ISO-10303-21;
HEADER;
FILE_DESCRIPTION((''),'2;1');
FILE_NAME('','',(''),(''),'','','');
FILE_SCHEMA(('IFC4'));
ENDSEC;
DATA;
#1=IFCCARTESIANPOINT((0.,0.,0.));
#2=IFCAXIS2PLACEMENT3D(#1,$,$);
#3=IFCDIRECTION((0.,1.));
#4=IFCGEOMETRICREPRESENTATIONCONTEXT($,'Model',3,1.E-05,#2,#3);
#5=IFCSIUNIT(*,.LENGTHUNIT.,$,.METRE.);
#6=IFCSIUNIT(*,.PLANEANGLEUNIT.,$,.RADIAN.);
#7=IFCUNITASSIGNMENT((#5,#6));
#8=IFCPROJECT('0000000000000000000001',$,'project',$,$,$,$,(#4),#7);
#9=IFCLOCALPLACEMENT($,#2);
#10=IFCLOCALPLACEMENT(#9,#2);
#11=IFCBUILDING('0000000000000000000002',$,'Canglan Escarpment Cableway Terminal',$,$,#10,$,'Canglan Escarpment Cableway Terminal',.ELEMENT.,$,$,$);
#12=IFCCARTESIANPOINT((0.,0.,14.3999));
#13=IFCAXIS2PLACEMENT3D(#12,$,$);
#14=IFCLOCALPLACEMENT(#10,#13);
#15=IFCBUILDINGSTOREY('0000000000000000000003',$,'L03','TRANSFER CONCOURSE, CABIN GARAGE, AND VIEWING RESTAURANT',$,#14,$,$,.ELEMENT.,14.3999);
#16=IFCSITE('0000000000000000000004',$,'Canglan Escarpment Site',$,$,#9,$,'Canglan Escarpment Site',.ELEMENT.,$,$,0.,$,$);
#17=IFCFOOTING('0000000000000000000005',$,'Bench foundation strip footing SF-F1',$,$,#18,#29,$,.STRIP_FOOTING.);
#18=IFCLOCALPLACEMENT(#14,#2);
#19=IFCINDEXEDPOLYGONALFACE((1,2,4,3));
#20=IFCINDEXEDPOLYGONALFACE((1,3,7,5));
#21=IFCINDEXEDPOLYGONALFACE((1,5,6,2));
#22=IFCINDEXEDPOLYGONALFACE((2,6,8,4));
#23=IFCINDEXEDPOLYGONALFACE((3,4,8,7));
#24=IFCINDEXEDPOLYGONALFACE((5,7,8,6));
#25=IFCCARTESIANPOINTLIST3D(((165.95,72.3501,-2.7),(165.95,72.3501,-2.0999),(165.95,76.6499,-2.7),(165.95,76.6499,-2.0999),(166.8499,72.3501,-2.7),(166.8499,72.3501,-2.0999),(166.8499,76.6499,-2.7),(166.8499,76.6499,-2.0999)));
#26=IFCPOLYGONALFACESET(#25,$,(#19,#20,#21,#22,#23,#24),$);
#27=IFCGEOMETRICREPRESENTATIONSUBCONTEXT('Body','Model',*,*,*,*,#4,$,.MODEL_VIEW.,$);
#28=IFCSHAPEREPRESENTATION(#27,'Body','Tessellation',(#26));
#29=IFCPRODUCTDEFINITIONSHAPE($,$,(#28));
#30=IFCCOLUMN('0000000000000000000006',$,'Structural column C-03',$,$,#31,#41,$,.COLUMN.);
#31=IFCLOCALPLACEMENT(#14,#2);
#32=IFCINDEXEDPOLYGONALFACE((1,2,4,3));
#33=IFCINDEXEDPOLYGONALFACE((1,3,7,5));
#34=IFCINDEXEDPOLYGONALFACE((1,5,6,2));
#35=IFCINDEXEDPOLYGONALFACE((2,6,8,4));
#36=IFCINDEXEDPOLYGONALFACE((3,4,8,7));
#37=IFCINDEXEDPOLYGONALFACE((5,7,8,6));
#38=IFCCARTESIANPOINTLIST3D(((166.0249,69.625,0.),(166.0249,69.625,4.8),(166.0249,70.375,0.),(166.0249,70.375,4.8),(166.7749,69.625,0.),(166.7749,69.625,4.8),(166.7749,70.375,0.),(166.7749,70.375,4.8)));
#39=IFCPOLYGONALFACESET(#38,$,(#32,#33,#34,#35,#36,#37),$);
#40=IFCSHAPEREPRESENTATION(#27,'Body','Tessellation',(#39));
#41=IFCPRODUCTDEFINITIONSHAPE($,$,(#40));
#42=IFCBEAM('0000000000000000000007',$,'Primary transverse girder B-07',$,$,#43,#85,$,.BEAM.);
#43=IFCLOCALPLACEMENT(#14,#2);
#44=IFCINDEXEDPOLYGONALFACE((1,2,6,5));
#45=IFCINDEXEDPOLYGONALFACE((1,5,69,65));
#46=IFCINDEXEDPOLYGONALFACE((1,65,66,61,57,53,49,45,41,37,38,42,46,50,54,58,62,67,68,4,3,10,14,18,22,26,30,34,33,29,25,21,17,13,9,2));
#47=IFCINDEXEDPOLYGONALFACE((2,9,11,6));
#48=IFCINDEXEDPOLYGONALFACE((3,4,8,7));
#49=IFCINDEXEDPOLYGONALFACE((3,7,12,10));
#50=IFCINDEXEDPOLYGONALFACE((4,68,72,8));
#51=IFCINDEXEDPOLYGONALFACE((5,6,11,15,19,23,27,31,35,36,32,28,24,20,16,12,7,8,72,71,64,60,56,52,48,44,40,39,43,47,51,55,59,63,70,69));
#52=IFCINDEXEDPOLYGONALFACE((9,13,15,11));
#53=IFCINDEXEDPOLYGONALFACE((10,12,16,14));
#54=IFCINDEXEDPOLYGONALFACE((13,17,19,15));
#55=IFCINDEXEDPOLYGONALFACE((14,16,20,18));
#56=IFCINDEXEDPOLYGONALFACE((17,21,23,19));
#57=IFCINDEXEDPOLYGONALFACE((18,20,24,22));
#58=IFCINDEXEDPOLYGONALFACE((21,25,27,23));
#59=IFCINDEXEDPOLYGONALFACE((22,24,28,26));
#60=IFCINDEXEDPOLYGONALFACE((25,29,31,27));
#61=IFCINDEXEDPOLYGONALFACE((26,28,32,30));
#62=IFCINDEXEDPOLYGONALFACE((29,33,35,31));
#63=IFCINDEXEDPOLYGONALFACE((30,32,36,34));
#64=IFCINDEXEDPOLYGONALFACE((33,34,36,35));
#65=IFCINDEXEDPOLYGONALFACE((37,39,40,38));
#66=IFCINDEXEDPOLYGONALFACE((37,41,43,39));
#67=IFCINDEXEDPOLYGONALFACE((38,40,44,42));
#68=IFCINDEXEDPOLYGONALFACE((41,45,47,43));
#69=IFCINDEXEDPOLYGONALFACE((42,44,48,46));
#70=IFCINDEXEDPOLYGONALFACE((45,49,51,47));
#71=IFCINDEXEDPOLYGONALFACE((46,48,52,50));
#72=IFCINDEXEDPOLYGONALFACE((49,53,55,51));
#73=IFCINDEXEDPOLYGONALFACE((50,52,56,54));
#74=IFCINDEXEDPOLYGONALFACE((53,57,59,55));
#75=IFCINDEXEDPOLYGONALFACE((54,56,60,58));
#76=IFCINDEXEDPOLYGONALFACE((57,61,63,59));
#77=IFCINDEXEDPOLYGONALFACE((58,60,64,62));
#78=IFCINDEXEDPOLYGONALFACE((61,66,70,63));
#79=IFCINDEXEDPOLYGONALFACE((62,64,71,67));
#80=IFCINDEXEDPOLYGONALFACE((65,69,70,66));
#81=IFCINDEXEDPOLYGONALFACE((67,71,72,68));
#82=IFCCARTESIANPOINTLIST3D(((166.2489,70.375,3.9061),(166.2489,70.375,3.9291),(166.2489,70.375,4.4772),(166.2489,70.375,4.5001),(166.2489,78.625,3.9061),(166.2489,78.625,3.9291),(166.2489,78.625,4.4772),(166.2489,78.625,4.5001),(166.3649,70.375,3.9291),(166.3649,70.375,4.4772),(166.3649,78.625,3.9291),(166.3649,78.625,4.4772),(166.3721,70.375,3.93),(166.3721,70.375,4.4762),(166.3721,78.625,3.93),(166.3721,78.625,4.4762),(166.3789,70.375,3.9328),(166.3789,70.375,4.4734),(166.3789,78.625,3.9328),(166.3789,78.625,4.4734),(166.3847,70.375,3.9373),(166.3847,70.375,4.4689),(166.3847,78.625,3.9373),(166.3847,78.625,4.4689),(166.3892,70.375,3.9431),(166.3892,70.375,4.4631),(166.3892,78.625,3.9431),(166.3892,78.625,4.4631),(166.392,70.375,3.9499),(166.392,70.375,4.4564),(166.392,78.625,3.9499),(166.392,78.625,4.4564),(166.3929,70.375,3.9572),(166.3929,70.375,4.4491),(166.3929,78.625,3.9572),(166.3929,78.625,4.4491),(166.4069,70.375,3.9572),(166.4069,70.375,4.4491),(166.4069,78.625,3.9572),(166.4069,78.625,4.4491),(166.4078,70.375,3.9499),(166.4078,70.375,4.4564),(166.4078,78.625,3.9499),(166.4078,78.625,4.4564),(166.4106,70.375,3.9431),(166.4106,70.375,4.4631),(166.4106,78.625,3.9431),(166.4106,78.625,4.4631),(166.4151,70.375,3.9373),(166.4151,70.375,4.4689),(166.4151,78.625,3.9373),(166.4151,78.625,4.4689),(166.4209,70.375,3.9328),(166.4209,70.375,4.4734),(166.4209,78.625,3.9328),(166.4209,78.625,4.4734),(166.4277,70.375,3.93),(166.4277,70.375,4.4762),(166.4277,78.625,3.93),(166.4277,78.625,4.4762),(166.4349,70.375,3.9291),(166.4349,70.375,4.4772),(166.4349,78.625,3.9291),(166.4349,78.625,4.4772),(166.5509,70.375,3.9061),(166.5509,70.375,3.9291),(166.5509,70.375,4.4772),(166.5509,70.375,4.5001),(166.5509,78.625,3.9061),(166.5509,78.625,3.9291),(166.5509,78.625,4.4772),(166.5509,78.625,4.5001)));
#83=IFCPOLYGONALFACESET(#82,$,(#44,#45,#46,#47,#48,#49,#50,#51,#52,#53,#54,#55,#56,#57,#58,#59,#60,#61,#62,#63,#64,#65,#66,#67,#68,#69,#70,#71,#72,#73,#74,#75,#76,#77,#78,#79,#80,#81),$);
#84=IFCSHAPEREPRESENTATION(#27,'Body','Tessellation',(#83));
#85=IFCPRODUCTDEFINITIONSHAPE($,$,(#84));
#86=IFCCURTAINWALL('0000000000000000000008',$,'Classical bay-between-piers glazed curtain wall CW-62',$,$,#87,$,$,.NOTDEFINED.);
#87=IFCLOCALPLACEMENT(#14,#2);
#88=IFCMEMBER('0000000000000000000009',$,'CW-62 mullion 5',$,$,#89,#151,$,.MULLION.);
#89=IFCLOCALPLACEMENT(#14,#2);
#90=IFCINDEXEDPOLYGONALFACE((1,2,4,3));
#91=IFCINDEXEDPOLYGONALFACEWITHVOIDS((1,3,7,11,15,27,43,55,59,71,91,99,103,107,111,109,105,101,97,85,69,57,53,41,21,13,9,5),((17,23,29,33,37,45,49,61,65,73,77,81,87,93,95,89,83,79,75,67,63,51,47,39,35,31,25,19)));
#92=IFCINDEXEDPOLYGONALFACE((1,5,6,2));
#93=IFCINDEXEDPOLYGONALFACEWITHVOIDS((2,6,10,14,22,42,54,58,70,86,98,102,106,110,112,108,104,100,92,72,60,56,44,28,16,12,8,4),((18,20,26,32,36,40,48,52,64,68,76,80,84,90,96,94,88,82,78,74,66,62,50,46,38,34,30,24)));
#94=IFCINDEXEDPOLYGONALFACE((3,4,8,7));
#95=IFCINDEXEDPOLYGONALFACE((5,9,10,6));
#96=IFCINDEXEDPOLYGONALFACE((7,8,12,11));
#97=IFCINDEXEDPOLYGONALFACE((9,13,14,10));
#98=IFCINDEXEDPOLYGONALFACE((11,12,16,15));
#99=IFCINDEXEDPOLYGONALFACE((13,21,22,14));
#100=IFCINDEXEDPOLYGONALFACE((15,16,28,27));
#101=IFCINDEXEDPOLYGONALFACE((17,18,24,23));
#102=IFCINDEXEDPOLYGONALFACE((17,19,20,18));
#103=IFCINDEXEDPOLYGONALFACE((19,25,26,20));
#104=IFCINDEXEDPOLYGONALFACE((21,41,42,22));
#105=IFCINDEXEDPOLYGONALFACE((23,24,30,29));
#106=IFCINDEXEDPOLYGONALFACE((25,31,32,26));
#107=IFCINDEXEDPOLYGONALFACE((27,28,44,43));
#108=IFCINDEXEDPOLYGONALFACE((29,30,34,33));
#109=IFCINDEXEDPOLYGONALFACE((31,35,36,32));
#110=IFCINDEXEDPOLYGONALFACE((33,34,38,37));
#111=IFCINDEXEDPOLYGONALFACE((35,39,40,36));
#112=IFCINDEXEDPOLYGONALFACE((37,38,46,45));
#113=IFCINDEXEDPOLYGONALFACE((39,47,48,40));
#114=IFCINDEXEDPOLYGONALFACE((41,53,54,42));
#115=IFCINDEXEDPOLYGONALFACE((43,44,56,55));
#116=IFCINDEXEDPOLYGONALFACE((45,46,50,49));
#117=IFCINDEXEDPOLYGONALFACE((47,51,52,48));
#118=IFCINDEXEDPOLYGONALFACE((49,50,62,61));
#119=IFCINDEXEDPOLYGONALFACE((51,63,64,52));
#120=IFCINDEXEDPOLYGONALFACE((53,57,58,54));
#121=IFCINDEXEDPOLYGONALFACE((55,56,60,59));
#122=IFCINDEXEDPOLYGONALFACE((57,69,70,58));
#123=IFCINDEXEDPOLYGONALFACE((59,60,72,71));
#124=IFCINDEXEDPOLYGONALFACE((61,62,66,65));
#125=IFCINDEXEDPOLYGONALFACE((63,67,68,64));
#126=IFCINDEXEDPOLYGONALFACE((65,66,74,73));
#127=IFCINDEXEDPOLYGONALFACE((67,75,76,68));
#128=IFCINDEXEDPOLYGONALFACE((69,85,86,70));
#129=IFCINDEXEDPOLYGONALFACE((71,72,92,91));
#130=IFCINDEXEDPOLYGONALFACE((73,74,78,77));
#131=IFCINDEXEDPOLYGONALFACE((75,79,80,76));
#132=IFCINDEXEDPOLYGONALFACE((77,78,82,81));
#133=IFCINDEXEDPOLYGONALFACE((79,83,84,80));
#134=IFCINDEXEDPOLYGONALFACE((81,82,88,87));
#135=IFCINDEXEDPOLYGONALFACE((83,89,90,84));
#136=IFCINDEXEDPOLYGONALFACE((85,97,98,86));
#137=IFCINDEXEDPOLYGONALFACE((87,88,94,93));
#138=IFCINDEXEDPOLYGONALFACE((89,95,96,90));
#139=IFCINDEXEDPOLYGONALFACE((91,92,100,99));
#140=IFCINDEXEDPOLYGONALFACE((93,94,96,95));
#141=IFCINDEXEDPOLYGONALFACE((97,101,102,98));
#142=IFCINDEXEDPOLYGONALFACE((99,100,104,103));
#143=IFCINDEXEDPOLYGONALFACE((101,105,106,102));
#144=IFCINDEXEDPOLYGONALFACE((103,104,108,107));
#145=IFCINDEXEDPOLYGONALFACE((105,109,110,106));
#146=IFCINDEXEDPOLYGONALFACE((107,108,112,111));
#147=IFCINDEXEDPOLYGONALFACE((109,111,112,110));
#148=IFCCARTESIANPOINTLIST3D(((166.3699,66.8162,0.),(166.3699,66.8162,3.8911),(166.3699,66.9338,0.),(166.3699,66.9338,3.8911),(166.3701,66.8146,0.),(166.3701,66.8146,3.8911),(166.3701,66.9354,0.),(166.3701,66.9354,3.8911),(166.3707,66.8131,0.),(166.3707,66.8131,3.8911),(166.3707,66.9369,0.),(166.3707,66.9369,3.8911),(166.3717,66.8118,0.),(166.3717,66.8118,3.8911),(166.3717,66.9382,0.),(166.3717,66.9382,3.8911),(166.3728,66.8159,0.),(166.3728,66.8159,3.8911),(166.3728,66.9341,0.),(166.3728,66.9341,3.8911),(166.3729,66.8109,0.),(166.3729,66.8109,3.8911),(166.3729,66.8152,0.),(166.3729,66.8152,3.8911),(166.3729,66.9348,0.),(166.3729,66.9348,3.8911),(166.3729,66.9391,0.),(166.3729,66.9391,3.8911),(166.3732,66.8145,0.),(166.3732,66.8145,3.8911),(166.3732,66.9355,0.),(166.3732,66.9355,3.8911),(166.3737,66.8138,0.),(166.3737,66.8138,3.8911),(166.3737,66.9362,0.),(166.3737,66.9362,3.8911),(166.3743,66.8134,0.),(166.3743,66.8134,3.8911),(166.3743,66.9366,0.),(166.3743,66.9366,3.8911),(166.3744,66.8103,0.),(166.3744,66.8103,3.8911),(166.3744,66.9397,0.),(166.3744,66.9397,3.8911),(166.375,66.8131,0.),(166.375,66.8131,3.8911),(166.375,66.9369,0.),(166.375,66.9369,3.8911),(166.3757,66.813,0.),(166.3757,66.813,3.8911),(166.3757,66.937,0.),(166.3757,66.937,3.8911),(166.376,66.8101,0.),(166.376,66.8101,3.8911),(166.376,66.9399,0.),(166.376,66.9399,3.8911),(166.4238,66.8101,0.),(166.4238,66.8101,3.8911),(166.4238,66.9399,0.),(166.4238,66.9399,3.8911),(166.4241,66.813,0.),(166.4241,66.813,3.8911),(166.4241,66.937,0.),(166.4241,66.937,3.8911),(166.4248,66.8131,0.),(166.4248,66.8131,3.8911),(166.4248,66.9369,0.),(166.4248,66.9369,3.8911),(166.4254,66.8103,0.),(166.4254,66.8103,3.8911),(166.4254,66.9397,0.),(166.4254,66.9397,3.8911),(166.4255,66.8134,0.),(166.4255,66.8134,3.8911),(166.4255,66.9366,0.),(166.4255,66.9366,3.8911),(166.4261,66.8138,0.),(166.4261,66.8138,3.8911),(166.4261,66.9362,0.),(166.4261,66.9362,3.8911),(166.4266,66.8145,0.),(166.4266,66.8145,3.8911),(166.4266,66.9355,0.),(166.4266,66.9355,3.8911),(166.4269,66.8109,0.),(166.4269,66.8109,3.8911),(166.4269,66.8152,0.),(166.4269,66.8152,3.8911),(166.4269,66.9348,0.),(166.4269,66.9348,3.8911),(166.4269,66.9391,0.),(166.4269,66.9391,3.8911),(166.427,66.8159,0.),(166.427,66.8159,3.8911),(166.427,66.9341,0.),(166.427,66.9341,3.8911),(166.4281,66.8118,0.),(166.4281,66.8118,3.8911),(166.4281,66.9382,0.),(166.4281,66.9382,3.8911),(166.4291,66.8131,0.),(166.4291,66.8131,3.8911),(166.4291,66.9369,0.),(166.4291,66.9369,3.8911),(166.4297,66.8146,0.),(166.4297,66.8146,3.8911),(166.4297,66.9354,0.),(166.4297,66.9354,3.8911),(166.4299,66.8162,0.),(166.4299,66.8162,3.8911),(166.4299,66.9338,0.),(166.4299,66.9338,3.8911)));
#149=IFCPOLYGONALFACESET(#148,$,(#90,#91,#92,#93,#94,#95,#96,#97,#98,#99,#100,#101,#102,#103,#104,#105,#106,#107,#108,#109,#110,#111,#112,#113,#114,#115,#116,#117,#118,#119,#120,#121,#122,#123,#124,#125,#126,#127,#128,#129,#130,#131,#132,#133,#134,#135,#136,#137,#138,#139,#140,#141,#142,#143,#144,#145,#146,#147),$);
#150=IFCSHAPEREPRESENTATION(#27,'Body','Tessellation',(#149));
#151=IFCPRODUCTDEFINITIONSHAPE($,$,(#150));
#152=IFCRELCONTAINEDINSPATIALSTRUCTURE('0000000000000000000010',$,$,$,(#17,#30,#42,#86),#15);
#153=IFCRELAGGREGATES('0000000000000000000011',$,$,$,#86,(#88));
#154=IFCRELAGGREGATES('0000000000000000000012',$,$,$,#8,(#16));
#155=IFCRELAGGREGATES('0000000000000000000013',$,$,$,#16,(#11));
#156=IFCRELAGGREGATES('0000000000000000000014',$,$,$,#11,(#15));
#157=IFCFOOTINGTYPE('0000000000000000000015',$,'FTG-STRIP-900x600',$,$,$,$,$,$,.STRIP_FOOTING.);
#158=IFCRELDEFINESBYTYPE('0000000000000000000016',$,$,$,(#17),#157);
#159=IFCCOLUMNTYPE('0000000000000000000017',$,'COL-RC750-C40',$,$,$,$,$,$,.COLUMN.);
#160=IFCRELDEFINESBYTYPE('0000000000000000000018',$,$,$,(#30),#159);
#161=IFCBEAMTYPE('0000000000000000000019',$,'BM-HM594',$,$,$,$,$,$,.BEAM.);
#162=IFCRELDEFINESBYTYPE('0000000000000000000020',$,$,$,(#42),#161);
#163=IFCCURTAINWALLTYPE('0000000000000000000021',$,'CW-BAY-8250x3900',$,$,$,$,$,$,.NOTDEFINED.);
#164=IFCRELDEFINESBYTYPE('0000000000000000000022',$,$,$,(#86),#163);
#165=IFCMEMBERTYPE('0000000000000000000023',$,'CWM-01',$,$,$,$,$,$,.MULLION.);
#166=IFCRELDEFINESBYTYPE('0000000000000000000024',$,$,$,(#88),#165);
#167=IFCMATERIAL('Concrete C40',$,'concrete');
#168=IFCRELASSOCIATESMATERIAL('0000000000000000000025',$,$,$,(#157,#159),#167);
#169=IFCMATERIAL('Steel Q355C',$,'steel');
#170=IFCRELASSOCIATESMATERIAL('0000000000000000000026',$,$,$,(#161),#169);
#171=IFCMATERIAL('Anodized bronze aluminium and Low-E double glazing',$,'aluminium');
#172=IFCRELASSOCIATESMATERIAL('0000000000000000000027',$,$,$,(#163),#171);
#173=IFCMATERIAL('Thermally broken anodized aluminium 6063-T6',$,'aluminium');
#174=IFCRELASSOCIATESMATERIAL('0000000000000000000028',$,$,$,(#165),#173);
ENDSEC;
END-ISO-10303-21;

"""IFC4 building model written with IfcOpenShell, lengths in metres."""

from ifc_helpers import new_model, si_unit, direction, frame, origin, origin_2d, place, context, subcontext, project, spatial, rectangle, hollow_rectangle, i_section, extrude, material, material_profile, profile_set, type_object, element, aggregate, save


model = new_model("IFC4")

# Units and contexts
model_context = context("Model", 3, precision=1e-05, world=origin(), true_north=direction((0.0, 1.0)))
body_context = subcontext(model_context, "Body", "Model", "MODEL_VIEW")
ifc_project = project(units=[si_unit("LENGTHUNIT", "METRE"), si_unit("PLANEANGLEUNIT", "RADIAN")], contexts=[model_context])

# Site, building, storey
site_placement = place(None, origin())
site = spatial("IfcSite", under=ifc_project, at=site_placement, Name="Canglan Escarpment Site", LongName="Canglan Escarpment Site", CompositionType="ELEMENT", RefElevation=0.0)
building_placement = place(site_placement, origin())
building = spatial("IfcBuilding", under=site, at=building_placement, Name="Canglan Escarpment Cableway Terminal", LongName="Canglan Escarpment Cableway Terminal", CompositionType="ELEMENT")
storey_placement = place(building_placement, frame((0.0, 0.0, 14.3999)))
storey = spatial("IfcBuildingStorey", under=building, at=storey_placement, Name="L03", Description="TRANSFER CONCOURSE, CABIN GARAGE, AND VIEWING RESTAURANT", CompositionType="ELEMENT", Elevation=14.3999)

# Footing
ifc_material_1 = material(Name="Concrete C40", Category="concrete")
ifc_material_profile_1 = material_profile(ifc_material_1, rectangle(XDim=0.8999, YDim=0.6001, at=origin_2d()), Name="SF 900x600")
ifc_profile_set_1 = profile_set([ifc_material_profile_1], Name="Concrete C40")
footing_type = type_object("IfcFootingType", Name="FTG-STRIP-900x600", PredefinedType="STRIP_FOOTING", material=ifc_profile_set_1)
footing_placement = place(storey_placement, frame((166.3999, 72.3501, -2.3999), z_axis=(0.0, 1.0, 0.0), x_axis=(-1.0, 0.0, 0.0)))
element("IfcFooting", 1, at=footing_placement, inside=storey, type_object=footing_type, Name="Bench foundation strip footing SF-F1", PredefinedType="STRIP_FOOTING", context=body_context, shape_type="SweptSolid", body=[
    extrude(rectangle(XDim=0.8999, YDim=0.6001, at=origin_2d()), origin(), (0.0, 0.0, 1.0), 4.2998),
])

# Column
ifc_material_profile_2 = material_profile(ifc_material_1, rectangle(XDim=0.75, YDim=0.75, at=origin_2d()), Name="RC 750x750")
ifc_profile_set_2 = profile_set([ifc_material_profile_2], Name="Concrete C40")
column_type = type_object("IfcColumnType", Name="COL-RC750-C40", PredefinedType="COLUMN", material=ifc_profile_set_2)
column_placement = place(storey_placement, frame((166.3999, 70.0, 0.0), z_axis=(0.0, 0.0, 1.0), x_axis=(1.0, 0.0, 0.0)))
element("IfcColumn", 2, at=column_placement, inside=storey, type_object=column_type, Name="Structural column C-03", PredefinedType="COLUMN", context=body_context, shape_type="SweptSolid", body=[
    extrude(rectangle(XDim=0.75, YDim=0.75, at=origin_2d()), origin(), (0.0, 0.0, 1.0), 4.8),
])

# Beam
ifc_material_2 = material(Name="Steel Q355C", Category="steel")
ifc_material_profile_3 = material_profile(ifc_material_2, i_section(OverallWidth=0.302, OverallDepth=0.594, WebThickness=0.0139, FlangeThickness=0.0229, FilletRadius=0.0281, at=origin_2d()), Name="HM 594x302x14x23")
ifc_profile_set_3 = profile_set([ifc_material_profile_3], Name="Steel Q355C")
beam_type = type_object("IfcBeamType", Name="BM-HM594", PredefinedType="BEAM", material=ifc_profile_set_3)
beam_placement = place(storey_placement, frame((166.3999, 70.375, 4.2031), z_axis=(0.0, 1.0, 0.0), x_axis=(-1.0, 0.0, 0.0)))
element("IfcBeam", 3, at=beam_placement, inside=storey, type_object=beam_type, Name="Primary transverse girder B-07", PredefinedType="BEAM", context=body_context, shape_type="SweptSolid", body=[
    extrude(i_section(OverallWidth=0.302, OverallDepth=0.594, WebThickness=0.0139, FlangeThickness=0.0229, FilletRadius=0.0281, at=origin_2d()), origin(), (0.0, 0.0, 1.0), 8.25),
])

# Curtain wall, member
ifc_material_3 = material(Name="Anodized bronze aluminium and Low-E double glazing", Category="aluminium")
curtain_wall_type = type_object("IfcCurtainWallType", Name="CW-BAY-8250x3900", PredefinedType="NOTDEFINED", material=ifc_material_3)
curtain_wall_placement = place(storey_placement, origin())
curtain_wall = element("IfcCurtainWall", 4, at=curtain_wall_placement, inside=storey, type_object=curtain_wall_type, Name="Classical bay-between-piers glazed curtain wall CW-62", PredefinedType="NOTDEFINED")
ifc_material_4 = material(Name="Thermally broken anodized aluminium 6063-T6", Category="aluminium")
ifc_material_profile_4 = material_profile(ifc_material_4, hollow_rectangle(XDim=0.0601, YDim=0.1299, WallThickness=0.0029, InnerFilletRadius=0.0029, OuterFilletRadius=0.0061, at=origin_2d()), Name="ALU-MULL 60x130x3")
ifc_profile_set_4 = profile_set([ifc_material_profile_4], Name="Thermally broken anodized aluminium 6063-T6")
member_type_1 = type_object("IfcMemberType", Name="CWM-01", PredefinedType="MULLION", material=ifc_profile_set_4)
member_1_placement = place(storey_placement, frame((166.3999, 66.875, 0.0), z_axis=(0.0, 0.0, 1.0), x_axis=(-1.0, 0.0, 0.0)))
member_1 = element("IfcMember", 5, at=member_1_placement, type_object=member_type_1, Name="CW-62 mullion 5", PredefinedType="MULLION", context=body_context, shape_type="SweptSolid", body=[
    extrude(hollow_rectangle(XDim=0.0601, YDim=0.1299, WallThickness=0.0029, InnerFilletRadius=0.0029, OuterFilletRadius=0.0061, at=origin_2d()), origin(), (0.0, 0.0, 1.0), 3.8911),
])
aggregate(curtain_wall, [member_1])

save(model, "model.ifc")
